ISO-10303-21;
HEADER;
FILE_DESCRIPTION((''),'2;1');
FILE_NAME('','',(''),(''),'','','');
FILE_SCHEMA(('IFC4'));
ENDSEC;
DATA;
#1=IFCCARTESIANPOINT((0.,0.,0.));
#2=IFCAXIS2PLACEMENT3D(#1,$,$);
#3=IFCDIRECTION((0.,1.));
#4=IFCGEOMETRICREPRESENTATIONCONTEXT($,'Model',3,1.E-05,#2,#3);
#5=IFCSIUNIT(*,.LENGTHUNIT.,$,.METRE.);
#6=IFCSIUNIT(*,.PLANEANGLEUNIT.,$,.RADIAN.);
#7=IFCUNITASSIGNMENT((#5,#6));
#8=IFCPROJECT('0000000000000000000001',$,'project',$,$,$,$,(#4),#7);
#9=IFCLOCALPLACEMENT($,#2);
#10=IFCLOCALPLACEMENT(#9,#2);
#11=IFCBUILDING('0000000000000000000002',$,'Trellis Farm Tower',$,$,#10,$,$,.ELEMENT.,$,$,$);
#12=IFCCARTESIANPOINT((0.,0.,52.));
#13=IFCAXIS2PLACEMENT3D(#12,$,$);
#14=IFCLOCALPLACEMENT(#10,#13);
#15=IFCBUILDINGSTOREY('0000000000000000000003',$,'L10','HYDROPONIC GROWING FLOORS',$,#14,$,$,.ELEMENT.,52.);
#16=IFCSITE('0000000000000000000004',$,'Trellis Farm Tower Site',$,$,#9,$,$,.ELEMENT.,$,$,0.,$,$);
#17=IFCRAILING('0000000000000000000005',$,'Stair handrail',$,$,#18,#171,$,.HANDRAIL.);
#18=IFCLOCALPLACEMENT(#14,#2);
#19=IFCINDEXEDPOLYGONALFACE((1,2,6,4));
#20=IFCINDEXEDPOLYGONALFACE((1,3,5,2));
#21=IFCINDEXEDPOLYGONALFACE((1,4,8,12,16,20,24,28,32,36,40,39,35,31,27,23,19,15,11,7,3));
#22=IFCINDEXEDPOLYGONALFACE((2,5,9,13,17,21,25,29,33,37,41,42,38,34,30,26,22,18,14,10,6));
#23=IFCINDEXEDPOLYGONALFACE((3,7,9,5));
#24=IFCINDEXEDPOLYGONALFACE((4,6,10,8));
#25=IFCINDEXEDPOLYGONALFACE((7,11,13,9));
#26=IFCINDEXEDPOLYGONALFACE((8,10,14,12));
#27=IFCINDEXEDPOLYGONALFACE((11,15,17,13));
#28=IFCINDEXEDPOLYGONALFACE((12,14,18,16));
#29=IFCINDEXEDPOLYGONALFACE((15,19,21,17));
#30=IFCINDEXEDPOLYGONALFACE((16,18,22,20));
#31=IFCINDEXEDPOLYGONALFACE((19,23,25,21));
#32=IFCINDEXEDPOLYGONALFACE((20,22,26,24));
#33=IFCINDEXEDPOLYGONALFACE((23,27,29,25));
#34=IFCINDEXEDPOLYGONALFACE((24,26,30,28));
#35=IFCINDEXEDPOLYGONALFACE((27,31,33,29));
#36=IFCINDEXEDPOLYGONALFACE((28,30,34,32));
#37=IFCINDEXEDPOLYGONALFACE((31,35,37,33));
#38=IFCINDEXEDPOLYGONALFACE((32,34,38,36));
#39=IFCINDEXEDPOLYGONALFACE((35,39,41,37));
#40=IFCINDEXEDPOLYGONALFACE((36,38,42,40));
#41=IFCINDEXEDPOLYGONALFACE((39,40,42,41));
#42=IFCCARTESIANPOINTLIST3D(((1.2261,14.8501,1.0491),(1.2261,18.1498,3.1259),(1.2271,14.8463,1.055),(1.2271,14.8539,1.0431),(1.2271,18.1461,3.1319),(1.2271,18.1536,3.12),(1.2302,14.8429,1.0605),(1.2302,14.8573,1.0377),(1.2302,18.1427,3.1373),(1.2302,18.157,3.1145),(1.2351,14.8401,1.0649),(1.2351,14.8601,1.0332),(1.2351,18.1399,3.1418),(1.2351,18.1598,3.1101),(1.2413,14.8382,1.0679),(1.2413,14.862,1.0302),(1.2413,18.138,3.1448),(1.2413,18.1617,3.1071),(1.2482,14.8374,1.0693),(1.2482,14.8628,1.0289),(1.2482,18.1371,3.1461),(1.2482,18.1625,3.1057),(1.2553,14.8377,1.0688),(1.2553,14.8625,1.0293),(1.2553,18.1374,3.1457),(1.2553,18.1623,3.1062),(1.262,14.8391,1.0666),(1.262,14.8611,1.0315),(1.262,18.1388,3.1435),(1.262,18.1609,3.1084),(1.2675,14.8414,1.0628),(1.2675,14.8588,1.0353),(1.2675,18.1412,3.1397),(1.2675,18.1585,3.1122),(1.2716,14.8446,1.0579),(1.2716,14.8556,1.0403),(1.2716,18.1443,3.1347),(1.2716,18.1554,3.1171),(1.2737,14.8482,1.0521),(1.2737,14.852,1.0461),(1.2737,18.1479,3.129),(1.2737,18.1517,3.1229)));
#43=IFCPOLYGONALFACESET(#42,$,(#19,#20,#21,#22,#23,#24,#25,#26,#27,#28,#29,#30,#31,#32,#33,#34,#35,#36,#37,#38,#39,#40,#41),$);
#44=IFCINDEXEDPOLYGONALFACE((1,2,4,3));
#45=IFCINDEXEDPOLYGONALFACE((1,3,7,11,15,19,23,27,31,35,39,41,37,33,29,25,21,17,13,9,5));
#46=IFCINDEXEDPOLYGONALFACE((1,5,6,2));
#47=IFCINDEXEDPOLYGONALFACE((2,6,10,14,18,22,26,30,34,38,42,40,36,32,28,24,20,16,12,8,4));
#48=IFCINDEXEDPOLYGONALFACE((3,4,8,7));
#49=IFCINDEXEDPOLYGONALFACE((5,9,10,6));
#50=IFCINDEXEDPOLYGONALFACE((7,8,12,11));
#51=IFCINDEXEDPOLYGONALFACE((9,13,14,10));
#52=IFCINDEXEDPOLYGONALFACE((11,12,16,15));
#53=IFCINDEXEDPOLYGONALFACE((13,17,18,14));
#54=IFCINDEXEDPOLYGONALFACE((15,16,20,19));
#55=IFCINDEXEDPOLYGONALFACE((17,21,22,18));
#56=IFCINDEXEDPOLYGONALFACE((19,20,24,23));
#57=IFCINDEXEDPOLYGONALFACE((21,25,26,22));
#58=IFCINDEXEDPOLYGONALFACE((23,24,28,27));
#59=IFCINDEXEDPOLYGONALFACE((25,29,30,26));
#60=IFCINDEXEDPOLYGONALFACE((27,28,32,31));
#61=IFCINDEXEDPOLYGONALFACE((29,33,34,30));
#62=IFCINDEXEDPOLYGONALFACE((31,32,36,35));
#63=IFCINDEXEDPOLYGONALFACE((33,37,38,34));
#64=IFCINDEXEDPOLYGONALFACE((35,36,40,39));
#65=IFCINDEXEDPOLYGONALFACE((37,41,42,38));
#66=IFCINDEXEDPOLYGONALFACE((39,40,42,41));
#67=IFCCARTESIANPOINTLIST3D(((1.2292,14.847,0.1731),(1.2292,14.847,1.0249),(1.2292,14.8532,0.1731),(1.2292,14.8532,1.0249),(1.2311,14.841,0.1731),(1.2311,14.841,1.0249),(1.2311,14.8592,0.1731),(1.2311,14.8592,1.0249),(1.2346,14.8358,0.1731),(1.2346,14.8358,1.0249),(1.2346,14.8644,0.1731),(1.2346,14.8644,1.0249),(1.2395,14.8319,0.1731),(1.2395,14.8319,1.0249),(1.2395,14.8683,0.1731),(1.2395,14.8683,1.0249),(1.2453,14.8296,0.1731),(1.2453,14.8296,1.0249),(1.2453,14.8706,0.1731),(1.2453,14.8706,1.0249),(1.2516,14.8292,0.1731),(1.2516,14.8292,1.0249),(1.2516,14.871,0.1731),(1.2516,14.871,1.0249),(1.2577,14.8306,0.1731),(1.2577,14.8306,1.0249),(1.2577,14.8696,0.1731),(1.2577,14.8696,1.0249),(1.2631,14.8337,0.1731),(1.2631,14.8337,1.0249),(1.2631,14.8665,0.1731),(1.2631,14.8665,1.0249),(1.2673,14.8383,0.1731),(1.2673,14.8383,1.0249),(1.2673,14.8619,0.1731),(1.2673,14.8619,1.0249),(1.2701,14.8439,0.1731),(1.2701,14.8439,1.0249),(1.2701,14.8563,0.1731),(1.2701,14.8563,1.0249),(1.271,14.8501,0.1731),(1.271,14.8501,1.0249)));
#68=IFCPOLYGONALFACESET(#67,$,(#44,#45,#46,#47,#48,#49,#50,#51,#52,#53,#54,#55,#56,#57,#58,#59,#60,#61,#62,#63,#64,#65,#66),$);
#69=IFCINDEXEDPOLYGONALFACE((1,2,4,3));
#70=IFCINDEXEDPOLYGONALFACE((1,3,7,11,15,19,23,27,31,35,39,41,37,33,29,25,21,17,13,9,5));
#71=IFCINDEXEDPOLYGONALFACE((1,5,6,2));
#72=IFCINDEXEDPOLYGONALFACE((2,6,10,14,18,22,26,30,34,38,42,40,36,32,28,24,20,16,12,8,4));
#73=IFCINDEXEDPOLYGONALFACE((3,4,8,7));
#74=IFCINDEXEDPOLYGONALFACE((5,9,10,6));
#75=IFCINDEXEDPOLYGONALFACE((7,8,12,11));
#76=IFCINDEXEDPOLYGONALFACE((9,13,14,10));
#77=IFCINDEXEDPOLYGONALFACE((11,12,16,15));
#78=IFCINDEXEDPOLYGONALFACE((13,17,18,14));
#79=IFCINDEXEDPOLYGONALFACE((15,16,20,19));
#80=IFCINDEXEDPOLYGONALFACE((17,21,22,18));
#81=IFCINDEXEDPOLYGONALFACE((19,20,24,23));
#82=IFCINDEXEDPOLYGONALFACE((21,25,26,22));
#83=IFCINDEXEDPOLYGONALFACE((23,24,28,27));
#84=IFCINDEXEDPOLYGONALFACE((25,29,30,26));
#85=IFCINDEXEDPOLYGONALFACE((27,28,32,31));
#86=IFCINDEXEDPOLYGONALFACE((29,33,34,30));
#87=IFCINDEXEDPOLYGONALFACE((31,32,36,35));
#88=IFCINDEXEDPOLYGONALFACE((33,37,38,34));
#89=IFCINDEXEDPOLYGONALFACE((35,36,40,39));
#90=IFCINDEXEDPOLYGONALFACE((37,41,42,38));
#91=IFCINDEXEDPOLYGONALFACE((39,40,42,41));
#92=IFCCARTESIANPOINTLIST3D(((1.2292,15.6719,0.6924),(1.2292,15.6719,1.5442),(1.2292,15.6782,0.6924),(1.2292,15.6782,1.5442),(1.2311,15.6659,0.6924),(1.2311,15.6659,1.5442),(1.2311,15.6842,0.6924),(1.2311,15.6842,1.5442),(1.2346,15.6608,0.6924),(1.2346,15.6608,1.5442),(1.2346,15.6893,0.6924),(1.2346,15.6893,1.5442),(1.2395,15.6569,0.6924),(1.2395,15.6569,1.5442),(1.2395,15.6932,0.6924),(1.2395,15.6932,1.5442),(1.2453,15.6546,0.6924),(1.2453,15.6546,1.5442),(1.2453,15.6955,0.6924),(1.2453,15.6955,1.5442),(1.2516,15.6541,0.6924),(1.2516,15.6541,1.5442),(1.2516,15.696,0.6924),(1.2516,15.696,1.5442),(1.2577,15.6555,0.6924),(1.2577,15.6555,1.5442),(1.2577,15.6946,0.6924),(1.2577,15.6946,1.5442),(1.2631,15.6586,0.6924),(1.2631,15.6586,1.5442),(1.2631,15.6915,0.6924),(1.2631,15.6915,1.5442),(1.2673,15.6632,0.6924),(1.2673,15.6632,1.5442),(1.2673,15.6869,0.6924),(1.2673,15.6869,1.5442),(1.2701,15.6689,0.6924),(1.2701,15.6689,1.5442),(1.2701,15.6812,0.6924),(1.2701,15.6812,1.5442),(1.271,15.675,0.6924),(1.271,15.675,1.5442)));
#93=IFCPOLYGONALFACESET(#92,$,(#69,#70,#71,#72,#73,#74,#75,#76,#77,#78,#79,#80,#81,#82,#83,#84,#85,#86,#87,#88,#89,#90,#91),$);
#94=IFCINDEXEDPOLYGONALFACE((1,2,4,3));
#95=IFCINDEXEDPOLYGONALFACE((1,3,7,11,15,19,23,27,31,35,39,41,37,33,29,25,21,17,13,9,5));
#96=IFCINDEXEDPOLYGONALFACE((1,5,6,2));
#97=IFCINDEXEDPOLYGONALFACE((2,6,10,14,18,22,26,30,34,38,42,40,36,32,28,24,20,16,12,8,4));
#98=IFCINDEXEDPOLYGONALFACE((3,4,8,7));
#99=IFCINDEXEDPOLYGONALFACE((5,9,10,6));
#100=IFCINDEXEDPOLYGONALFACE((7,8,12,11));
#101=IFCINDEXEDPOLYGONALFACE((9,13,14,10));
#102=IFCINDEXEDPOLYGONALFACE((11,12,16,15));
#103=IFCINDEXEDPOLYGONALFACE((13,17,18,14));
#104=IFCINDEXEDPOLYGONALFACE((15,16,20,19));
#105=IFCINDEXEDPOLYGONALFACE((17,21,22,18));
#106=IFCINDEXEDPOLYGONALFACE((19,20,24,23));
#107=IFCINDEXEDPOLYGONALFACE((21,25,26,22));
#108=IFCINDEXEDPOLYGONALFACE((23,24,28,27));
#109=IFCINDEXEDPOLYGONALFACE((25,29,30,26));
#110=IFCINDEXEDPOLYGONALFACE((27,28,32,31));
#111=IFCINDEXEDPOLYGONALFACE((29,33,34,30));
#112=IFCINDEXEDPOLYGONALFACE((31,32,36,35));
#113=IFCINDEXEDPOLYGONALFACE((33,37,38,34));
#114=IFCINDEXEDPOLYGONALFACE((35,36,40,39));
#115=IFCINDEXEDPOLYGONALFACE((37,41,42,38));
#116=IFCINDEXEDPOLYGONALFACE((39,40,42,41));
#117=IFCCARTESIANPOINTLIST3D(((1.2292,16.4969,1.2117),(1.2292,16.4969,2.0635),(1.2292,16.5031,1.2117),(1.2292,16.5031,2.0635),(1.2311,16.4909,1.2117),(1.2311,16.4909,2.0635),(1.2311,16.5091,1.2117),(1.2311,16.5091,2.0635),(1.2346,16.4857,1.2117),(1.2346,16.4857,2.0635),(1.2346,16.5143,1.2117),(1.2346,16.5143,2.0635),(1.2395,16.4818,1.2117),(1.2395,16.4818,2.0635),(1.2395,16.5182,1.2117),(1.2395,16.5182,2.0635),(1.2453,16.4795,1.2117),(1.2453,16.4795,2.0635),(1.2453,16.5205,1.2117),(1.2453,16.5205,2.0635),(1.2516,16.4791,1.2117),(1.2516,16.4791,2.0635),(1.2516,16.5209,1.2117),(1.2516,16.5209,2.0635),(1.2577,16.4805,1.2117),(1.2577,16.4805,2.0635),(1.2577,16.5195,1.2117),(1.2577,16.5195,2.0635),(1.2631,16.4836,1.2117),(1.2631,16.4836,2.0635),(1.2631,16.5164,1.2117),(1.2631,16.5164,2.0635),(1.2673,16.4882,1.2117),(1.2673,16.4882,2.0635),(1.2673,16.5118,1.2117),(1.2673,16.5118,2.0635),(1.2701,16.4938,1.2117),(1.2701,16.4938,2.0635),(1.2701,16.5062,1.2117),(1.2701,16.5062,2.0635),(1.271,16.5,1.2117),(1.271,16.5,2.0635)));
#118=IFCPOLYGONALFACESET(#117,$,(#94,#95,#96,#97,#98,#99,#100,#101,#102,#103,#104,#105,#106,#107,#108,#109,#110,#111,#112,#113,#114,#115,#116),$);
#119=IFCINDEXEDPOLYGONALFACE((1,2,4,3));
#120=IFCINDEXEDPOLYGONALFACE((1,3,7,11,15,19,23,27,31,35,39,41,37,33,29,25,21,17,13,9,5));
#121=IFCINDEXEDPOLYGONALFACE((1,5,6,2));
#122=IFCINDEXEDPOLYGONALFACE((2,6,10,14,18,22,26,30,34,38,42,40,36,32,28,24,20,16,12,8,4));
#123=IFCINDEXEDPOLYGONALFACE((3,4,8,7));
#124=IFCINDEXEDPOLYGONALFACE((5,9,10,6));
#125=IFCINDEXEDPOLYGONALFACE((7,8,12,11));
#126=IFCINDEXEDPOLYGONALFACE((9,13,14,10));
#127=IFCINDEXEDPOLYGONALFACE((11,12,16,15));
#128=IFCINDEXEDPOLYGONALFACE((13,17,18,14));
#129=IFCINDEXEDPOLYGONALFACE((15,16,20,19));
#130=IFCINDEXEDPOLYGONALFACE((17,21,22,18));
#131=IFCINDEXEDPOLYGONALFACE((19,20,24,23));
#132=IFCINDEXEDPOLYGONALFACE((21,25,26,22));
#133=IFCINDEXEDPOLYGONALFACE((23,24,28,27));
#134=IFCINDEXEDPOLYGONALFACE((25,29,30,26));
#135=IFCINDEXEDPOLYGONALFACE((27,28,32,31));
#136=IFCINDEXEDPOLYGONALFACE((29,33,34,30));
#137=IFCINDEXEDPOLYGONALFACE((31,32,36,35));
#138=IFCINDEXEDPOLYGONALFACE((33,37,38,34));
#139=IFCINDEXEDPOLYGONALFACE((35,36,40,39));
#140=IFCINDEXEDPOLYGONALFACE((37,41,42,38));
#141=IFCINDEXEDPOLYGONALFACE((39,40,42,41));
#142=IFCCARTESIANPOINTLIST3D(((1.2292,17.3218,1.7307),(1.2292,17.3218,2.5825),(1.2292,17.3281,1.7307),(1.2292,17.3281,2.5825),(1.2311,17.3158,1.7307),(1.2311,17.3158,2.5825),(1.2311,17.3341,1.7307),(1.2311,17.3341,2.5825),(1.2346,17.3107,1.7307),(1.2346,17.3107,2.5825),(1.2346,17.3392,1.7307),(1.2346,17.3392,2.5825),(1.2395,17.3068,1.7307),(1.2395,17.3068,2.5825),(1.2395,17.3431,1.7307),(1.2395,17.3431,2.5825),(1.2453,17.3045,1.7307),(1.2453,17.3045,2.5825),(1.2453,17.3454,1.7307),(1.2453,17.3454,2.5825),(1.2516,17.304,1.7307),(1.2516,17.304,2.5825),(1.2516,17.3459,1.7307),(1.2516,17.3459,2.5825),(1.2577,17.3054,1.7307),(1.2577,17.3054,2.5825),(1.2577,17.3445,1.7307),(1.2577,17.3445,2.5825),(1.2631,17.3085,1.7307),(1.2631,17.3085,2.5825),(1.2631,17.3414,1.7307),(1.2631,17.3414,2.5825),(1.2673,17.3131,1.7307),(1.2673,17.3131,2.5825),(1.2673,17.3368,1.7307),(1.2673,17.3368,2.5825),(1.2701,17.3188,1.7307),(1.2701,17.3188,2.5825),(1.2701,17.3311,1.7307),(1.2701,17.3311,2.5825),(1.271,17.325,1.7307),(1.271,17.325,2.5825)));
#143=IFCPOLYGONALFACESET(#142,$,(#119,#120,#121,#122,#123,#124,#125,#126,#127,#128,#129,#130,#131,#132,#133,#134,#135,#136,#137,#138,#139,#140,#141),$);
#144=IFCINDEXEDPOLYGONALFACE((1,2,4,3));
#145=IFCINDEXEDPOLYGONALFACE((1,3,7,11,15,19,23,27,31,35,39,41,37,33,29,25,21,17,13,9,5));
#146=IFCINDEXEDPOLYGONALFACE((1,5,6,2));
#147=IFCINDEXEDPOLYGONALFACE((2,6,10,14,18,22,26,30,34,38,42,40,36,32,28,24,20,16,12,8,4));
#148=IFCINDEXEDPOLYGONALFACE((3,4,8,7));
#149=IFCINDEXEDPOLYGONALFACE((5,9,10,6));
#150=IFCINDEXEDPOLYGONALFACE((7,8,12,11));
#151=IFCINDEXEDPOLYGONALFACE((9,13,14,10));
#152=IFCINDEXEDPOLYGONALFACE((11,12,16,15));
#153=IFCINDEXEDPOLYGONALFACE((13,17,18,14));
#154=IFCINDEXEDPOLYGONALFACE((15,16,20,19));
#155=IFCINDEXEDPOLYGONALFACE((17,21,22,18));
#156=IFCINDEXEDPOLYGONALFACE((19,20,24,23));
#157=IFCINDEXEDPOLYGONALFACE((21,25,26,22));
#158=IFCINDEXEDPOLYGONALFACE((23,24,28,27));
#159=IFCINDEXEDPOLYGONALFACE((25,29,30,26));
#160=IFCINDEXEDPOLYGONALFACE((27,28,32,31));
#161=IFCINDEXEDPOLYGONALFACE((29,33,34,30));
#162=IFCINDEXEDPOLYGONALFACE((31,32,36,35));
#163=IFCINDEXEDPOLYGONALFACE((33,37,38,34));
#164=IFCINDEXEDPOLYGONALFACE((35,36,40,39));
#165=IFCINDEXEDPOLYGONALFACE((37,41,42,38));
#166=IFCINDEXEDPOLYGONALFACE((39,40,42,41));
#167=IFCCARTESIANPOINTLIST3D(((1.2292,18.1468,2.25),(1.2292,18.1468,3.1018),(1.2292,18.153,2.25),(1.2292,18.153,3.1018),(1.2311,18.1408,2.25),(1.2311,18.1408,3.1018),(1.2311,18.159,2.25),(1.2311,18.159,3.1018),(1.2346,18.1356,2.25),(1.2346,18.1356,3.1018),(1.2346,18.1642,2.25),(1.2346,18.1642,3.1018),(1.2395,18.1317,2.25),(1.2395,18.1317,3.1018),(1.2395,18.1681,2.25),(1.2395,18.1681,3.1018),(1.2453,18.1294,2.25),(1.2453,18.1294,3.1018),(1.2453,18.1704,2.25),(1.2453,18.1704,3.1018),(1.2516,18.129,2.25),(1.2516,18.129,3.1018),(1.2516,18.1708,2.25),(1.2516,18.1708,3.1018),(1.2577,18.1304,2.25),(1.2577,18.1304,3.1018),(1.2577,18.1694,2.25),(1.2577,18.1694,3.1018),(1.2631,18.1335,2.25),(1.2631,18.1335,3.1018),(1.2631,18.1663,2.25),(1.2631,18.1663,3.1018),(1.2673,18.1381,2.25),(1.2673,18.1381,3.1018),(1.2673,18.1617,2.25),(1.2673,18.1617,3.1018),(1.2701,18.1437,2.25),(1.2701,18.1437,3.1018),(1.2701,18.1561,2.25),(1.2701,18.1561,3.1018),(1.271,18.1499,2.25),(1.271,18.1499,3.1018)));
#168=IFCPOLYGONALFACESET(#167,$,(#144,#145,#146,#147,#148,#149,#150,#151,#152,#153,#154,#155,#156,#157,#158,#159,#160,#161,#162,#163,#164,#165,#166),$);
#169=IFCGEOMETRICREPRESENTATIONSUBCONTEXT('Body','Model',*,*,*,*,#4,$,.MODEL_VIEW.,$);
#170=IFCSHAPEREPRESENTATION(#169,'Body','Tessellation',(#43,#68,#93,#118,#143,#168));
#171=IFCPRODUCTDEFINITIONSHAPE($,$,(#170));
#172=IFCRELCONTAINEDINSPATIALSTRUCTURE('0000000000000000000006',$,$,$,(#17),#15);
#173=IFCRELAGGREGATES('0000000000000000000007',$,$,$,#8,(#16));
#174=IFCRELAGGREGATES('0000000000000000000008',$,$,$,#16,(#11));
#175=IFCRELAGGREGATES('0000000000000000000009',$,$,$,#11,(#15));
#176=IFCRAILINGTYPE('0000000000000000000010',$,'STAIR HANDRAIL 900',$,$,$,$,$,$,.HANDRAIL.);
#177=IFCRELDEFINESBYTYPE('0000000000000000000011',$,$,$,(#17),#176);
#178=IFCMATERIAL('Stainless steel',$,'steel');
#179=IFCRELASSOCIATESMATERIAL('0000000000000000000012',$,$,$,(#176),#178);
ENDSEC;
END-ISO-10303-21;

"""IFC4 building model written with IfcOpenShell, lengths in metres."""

from ifc_helpers import new_model, si_unit, direction, frame, origin, origin_2d, place, context, subcontext, project, spatial, circle, extrude, source, transform, mapped, material, type_object, element, save


model = new_model("IFC4")

# Units and contexts
model_context = context("Model", 3, precision=1e-05, world=origin(), true_north=direction((0.0, 1.0)))
body_context = subcontext(model_context, "Body", "Model", "MODEL_VIEW")
ifc_project = project(units=[si_unit("LENGTHUNIT", "METRE"), si_unit("PLANEANGLEUNIT", "RADIAN")], contexts=[model_context])

# Site, building, storey
site_placement = place(None, origin())
site = spatial("IfcSite", under=ifc_project, at=site_placement, Name="Trellis Farm Tower Site", CompositionType="ELEMENT", RefElevation=0.0)
building_placement = place(site_placement, origin())
building = spatial("IfcBuilding", under=site, at=building_placement, Name="Trellis Farm Tower", CompositionType="ELEMENT")
storey_placement = place(building_placement, frame((0.0, 0.0, 52.0)))
storey = spatial("IfcBuildingStorey", under=building, at=storey_placement, Name="L10", Description="HYDROPONIC GROWING FLOORS", CompositionType="ELEMENT", Elevation=52.0)

# Railing
ifc_material_1 = material(Name="Stainless steel", Category="steel")
railing_type = type_object("IfcRailingType", Name="STAIR HANDRAIL 900", PredefinedType="HANDRAIL", material=ifc_material_1)
shared_shape_1 = source(origin(), body_context, "Body", "SweptSolid", [
    extrude(circle(Radius=0.0239, at=origin_2d()), frame((0.0, 0.0, 0.876), z_axis=(0.0, 0.84632, 0.532675), x_axis=(-1.0, 0.0, 0.0)), (0.0, 0.0, 1.0), 3.8989),
    extrude(circle(Radius=0.021, at=origin_2d()), origin(), (0.0, 0.0, 1.0), 0.8518),
    extrude(circle(Radius=0.021, at=origin_2d()), frame((0.0, 0.825, 0.5193)), (0.0, 0.0, 1.0), 0.8518),
    extrude(circle(Radius=0.021, at=origin_2d()), frame((0.0, 1.6499, 1.0386)), (0.0, 0.0, 1.0), 0.8518),
    extrude(circle(Radius=0.021, at=origin_2d()), frame((0.0, 2.4749, 1.5576)), (0.0, 0.0, 1.0), 0.8518),
    extrude(circle(Radius=0.021, at=origin_2d()), frame((0.0, 3.2998, 2.0769)), (0.0, 0.0, 1.0), 0.8518),
])
railing_placement = place(storey_placement, frame((1.25, 14.8501, 0.1731)))
element("IfcRailing", 1, at=railing_placement, inside=storey, type_object=railing_type, Name="Stair handrail", PredefinedType="HANDRAIL", context=body_context, shape_type="MappedRepresentation", body=[
    mapped(shared_shape_1, transform((0.0, 0.0, 0.0))),
])

save(model, "model.ifc")
